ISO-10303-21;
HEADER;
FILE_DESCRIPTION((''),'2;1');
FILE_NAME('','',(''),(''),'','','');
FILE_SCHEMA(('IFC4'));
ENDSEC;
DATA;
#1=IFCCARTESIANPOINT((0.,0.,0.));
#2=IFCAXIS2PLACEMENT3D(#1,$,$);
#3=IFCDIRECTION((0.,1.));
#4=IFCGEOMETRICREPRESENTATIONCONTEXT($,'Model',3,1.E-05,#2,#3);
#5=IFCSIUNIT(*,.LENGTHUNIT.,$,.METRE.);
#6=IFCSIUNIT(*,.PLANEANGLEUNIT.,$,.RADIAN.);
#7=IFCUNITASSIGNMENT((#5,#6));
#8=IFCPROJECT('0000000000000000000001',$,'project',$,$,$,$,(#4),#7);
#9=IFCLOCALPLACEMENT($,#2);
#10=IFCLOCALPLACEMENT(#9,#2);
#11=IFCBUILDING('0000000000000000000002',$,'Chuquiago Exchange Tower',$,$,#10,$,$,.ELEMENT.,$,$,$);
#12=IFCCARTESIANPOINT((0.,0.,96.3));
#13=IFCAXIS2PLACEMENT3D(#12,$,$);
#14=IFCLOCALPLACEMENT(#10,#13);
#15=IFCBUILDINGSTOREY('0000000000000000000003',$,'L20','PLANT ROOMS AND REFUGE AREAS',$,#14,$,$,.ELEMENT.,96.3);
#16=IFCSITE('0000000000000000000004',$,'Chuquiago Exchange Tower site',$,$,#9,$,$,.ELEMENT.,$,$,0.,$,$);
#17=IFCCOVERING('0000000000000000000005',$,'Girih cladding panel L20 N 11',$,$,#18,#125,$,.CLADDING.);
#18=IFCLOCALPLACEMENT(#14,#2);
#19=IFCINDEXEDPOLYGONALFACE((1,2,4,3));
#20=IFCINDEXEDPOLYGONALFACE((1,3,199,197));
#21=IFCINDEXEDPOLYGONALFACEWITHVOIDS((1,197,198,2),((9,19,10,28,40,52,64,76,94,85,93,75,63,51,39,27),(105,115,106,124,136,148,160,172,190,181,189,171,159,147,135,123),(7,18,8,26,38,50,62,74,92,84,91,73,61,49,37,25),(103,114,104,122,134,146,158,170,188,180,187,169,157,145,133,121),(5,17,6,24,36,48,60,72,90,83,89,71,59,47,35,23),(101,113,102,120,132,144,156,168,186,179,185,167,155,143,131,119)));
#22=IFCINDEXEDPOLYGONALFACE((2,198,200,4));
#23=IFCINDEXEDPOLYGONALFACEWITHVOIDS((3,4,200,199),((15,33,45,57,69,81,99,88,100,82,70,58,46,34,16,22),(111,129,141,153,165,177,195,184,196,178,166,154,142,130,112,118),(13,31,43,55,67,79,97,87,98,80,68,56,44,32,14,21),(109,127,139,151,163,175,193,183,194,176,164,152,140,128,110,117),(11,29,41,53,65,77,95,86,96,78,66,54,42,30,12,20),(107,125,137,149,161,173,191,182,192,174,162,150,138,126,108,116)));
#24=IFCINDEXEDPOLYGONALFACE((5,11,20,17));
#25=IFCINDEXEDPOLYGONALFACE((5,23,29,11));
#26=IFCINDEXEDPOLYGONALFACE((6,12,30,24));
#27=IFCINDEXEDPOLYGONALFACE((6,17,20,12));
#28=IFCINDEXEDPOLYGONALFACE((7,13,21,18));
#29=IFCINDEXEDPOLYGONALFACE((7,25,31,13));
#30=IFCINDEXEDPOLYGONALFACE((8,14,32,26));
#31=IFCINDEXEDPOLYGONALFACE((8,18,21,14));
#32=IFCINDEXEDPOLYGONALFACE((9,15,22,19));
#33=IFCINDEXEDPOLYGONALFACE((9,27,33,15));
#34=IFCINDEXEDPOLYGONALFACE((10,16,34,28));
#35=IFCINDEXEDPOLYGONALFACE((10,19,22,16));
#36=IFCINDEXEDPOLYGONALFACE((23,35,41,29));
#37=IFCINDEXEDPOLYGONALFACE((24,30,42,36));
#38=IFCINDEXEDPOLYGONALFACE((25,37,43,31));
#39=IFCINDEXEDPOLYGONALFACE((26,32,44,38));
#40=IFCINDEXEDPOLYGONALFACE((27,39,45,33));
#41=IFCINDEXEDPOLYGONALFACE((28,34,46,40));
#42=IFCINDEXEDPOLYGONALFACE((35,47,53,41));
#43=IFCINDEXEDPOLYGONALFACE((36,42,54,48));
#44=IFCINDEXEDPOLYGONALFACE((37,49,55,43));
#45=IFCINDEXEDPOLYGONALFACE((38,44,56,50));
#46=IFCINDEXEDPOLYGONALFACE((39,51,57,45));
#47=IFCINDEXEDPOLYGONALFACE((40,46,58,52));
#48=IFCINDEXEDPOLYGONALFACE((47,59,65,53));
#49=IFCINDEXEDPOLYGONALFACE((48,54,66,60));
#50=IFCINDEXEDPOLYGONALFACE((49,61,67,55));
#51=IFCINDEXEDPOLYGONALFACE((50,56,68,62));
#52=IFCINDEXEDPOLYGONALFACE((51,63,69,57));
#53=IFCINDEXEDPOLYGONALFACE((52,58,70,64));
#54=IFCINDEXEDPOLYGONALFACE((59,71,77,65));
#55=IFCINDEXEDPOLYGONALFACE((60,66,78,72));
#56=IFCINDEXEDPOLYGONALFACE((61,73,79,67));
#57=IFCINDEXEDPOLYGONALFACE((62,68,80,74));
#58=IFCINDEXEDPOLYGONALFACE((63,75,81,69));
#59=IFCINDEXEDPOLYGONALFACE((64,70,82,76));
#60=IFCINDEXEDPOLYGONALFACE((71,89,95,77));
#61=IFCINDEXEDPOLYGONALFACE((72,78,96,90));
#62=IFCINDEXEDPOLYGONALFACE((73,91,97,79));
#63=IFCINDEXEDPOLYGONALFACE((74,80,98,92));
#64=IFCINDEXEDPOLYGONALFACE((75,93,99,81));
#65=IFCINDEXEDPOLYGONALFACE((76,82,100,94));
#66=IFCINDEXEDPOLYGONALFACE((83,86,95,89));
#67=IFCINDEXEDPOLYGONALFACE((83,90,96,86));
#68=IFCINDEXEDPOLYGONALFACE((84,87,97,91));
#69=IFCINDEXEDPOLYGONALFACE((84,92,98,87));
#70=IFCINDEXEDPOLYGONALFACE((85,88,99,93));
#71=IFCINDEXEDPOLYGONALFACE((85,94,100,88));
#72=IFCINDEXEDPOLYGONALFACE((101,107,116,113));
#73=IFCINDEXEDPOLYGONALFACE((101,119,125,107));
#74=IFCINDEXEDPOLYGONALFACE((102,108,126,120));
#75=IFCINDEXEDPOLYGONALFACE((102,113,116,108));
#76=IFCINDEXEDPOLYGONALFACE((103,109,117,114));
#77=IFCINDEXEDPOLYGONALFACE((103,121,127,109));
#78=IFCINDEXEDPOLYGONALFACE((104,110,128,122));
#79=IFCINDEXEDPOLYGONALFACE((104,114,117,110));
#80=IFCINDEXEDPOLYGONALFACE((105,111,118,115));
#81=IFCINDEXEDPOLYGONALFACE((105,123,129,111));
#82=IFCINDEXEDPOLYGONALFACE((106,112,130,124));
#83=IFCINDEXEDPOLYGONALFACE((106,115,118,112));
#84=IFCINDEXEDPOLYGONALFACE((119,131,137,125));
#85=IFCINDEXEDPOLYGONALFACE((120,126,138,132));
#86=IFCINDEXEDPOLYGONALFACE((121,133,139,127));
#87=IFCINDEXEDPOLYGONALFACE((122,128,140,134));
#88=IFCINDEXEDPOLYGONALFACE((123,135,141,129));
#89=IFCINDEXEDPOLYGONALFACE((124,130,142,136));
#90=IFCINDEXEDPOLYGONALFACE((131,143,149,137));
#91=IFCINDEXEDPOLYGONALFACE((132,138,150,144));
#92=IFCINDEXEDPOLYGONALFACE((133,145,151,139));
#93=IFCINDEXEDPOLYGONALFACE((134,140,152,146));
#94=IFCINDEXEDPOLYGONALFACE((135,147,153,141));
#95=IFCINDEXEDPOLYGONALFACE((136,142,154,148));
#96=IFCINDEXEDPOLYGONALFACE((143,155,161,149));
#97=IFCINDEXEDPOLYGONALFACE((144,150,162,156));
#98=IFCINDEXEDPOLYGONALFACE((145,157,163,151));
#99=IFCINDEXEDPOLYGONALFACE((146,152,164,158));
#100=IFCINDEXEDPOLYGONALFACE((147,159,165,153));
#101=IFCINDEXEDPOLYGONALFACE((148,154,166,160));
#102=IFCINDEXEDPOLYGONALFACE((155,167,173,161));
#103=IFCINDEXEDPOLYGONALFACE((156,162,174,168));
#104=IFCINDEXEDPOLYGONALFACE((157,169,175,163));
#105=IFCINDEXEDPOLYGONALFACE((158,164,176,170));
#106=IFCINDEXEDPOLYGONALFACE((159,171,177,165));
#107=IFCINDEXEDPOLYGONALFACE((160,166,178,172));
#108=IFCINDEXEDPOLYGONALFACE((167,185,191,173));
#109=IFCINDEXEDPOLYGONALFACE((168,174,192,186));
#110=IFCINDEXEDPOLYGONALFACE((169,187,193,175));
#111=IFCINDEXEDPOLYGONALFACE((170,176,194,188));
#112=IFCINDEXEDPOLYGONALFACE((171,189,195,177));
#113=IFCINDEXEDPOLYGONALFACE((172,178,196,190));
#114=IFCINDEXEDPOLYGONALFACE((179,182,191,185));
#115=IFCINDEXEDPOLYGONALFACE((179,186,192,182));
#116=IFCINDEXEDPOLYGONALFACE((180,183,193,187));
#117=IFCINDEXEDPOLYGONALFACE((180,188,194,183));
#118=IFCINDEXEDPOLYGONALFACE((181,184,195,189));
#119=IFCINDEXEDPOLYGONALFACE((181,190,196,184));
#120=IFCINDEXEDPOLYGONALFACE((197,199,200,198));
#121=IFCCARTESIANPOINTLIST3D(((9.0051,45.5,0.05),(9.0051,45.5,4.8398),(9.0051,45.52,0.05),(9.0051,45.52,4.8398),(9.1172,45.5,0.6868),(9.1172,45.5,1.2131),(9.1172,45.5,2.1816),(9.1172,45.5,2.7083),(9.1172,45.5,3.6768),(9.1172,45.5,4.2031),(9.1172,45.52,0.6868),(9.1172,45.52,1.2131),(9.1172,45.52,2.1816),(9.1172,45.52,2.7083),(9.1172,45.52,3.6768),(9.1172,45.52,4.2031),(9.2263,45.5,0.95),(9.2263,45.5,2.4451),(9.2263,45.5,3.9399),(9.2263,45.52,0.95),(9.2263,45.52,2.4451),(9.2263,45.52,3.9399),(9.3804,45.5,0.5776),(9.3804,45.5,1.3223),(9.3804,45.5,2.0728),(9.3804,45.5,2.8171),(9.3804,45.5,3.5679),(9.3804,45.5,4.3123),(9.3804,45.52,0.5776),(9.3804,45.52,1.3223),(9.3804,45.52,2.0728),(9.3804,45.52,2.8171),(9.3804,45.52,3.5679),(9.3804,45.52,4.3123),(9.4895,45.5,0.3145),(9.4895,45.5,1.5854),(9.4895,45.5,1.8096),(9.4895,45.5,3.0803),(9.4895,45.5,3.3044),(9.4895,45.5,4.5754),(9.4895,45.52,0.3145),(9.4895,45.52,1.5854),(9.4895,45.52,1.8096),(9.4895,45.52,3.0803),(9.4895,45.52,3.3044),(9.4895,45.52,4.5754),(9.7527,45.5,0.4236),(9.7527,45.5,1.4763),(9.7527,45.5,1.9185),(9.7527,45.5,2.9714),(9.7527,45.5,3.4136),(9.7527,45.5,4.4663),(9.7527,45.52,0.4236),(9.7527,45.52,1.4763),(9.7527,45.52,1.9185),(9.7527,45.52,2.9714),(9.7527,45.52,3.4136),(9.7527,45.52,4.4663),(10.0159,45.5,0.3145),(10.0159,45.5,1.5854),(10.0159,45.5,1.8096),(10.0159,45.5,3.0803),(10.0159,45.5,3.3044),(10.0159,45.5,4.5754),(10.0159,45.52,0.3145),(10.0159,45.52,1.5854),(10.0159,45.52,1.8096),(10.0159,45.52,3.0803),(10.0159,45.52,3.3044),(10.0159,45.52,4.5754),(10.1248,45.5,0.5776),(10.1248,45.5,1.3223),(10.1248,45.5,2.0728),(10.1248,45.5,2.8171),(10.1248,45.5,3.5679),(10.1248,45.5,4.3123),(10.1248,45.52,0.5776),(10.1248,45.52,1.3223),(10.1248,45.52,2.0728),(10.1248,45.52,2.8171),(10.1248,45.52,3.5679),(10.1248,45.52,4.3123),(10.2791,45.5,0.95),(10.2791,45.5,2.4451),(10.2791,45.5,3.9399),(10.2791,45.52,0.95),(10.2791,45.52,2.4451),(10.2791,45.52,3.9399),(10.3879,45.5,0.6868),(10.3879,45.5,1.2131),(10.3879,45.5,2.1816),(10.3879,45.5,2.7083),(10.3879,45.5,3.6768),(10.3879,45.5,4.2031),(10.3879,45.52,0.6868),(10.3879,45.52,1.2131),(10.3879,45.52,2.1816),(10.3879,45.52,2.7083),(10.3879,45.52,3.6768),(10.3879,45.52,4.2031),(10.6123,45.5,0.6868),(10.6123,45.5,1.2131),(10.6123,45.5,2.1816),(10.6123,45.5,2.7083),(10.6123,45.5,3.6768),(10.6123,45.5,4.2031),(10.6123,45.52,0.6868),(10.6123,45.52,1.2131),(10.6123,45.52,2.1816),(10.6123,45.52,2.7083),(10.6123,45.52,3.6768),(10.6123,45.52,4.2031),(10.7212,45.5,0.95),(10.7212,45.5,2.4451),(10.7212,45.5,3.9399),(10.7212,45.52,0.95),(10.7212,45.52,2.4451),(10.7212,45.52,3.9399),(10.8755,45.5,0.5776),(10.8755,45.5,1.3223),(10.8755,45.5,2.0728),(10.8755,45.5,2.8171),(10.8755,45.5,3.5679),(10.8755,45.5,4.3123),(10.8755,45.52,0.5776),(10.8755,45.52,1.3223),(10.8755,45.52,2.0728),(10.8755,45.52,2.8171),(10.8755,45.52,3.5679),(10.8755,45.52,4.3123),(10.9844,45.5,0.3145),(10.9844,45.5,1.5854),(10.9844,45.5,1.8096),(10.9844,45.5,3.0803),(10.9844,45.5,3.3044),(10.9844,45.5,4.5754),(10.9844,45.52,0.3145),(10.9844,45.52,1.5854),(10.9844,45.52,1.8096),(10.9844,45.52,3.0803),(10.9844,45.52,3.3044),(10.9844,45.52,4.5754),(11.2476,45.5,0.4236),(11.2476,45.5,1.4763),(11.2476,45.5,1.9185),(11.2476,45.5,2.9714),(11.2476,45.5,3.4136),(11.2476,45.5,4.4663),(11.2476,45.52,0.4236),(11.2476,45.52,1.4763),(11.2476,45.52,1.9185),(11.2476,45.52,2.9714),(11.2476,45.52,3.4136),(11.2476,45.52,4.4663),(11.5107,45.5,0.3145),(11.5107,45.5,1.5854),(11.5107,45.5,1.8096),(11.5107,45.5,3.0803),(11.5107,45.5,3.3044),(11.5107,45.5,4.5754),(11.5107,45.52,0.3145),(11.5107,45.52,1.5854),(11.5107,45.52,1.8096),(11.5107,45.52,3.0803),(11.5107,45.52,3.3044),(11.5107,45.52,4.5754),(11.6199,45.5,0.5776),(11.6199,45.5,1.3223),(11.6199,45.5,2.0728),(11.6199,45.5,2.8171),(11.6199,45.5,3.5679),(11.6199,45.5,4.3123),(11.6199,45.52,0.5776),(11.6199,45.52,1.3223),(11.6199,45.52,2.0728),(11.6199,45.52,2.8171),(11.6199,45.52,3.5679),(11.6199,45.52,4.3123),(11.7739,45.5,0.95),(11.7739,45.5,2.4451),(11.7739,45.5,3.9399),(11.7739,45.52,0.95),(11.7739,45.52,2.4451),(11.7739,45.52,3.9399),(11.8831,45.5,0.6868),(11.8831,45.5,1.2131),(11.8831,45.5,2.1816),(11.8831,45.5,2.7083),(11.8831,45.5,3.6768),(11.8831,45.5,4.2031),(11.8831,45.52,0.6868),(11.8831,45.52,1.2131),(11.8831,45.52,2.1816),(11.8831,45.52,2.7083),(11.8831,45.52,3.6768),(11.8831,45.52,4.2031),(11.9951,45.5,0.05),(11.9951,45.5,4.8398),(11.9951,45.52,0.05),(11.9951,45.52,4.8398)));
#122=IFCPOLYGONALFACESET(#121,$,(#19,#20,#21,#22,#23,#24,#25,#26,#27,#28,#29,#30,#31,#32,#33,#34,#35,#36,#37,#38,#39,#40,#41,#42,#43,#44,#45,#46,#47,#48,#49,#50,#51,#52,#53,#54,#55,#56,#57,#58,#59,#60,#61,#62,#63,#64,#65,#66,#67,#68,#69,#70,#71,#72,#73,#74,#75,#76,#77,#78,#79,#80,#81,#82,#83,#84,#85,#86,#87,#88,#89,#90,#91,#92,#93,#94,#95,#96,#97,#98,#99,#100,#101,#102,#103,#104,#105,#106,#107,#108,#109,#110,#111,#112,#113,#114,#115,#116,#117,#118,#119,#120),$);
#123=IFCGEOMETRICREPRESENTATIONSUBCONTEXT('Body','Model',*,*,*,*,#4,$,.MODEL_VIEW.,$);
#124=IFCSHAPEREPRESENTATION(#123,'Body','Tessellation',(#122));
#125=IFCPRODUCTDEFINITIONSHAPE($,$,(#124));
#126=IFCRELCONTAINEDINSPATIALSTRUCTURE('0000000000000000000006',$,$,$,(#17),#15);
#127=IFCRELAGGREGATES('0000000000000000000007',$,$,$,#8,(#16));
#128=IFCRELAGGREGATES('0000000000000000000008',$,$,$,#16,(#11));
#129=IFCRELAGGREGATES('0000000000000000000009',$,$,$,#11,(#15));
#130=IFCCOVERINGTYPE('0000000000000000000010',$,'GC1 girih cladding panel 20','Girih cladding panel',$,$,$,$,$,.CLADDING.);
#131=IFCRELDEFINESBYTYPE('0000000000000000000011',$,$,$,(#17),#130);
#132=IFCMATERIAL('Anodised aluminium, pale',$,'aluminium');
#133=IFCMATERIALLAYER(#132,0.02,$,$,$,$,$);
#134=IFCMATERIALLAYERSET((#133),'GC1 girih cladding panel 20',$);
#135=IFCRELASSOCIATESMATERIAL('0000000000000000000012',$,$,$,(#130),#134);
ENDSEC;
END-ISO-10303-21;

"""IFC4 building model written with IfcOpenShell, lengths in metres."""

from ifc_helpers import new_model, si_unit, direction, frame, origin, place, context, subcontext, project, spatial, polyline, outline, extrude, material, layer, layer_set, type_object, element, save


model = new_model("IFC4")

# Units and contexts
model_context = context("Model", 3, precision=1e-05, world=origin(), true_north=direction((0.0, 1.0)))
body_context = subcontext(model_context, "Body", "Model", "MODEL_VIEW")
ifc_project = project(units=[si_unit("LENGTHUNIT", "METRE"), si_unit("PLANEANGLEUNIT", "RADIAN")], contexts=[model_context])

# Site, building, storey
site_placement = place(None, origin())
site = spatial("IfcSite", under=ifc_project, at=site_placement, Name="Chuquiago Exchange Tower site", CompositionType="ELEMENT", RefElevation=0.0)
building_placement = place(site_placement, origin())
building = spatial("IfcBuilding", under=site, at=building_placement, Name="Chuquiago Exchange Tower", CompositionType="ELEMENT")
storey_placement = place(building_placement, frame((0.0, 0.0, 96.3)))
storey = spatial("IfcBuildingStorey", under=building, at=storey_placement, Name="L20", Description="PLANT ROOMS AND REFUGE AREAS", CompositionType="ELEMENT", Elevation=96.3)

# Covering
ifc_material_1 = material(Name="Anodised aluminium, pale", Category="aluminium")
ifc_layer_1 = layer(ifc_material_1, 0.02)
ifc_layer_set_1 = layer_set([ifc_layer_1], Name="GC1 girih cladding panel 20")
covering_type = type_object("IfcCoveringType", Name="GC1 girih cladding panel 20", Description="Girih cladding panel", PredefinedType="CLADDING", material=ifc_layer_set_1)
covering_1_placement = place(storey_placement, frame((11.9951, 45.5, 0.05), z_axis=(0.0, 0.0, 1.0), x_axis=(-1.0, 0.0, 0.0)))
element("IfcCovering", 1, at=covering_1_placement, inside=storey, type_object=covering_type, Name="Girih cladding panel L20 N 11", PredefinedType="CLADDING", context=body_context, shape_type="SweptSolid", body=[
    extrude(outline(polyline([(0.0, 0.0), (2.99, 0.0), (2.99, 4.7898), (0.0, 4.7898), (0.0, 0.0)]), holes=[polyline([(1.2739, 0.8999), (1.3828, 1.1631), (1.1196, 1.2722), (1.0107, 1.5354), (0.7476, 1.4263), (0.4844, 1.5354), (0.3752, 1.2722), (0.1121, 1.1631), (0.2212, 0.8999), (0.1121, 0.6367), (0.3752, 0.5276), (0.4844, 0.2644), (0.7476, 0.3735), (1.0107, 0.2644), (1.1196, 0.5276), (1.3828, 0.6367), (1.2739, 0.8999)]), polyline([(2.7688, 0.8999), (2.8779, 1.1631), (2.6147, 1.2722), (2.5056, 1.5354), (2.2424, 1.4263), (1.9792, 1.5354), (1.8704, 1.2722), (1.6072, 1.1631), (1.7161, 0.8999), (1.6072, 0.6367), (1.8704, 0.5276), (1.9792, 0.2644), (2.2424, 0.3735), (2.5056, 0.2644), (2.6147, 0.5276), (2.8779, 0.6367), (2.7688, 0.8999)]), polyline([(1.2739, 2.395), (1.3828, 2.6582), (1.1196, 2.7671), (1.0107, 3.0303), (0.7476, 2.9214), (0.4844, 3.0303), (0.3752, 2.7671), (0.1121, 2.6582), (0.2212, 2.395), (0.1121, 2.1316), (0.3752, 2.0227), (0.4844, 1.7595), (0.7476, 1.8684), (1.0107, 1.7595), (1.1196, 2.0227), (1.3828, 2.1316), (1.2739, 2.395)]), polyline([(2.7688, 2.395), (2.8779, 2.6582), (2.6147, 2.7671), (2.5056, 3.0303), (2.2424, 2.9214), (1.9792, 3.0303), (1.8704, 2.7671), (1.6072, 2.6582), (1.7161, 2.395), (1.6072, 2.1316), (1.8704, 2.0227), (1.9792, 1.7595), (2.2424, 1.8684), (2.5056, 1.7595), (2.6147, 2.0227), (2.8779, 2.1316), (2.7688, 2.395)]), polyline([(1.2739, 3.8899), (1.3828, 4.1531), (1.1196, 4.2622), (1.0107, 4.5254), (0.7476, 4.4163), (0.4844, 4.5254), (0.3752, 4.2622), (0.1121, 4.1531), (0.2212, 3.8899), (0.1121, 3.6267), (0.3752, 3.5178), (0.4844, 3.2544), (0.7476, 3.3635), (1.0107, 3.2544), (1.1196, 3.5178), (1.3828, 3.6267), (1.2739, 3.8899)]), polyline([(2.7688, 3.8899), (2.8779, 4.1531), (2.6147, 4.2622), (2.5056, 4.5254), (2.2424, 4.4163), (1.9792, 4.5254), (1.8704, 4.2622), (1.6072, 4.1531), (1.7161, 3.8899), (1.6072, 3.6267), (1.8704, 3.5178), (1.9792, 3.2544), (2.2424, 3.3635), (2.5056, 3.2544), (2.6147, 3.5178), (2.8779, 3.6267), (2.7688, 3.8899)])]), frame((0.0, 0.0, 0.0), z_axis=(0.0, -1.0, 0.0), x_axis=(1.0, 0.0, 0.0)), (0.0, 0.0, 1.0), 0.02),
])

save(model, "model.ifc")
